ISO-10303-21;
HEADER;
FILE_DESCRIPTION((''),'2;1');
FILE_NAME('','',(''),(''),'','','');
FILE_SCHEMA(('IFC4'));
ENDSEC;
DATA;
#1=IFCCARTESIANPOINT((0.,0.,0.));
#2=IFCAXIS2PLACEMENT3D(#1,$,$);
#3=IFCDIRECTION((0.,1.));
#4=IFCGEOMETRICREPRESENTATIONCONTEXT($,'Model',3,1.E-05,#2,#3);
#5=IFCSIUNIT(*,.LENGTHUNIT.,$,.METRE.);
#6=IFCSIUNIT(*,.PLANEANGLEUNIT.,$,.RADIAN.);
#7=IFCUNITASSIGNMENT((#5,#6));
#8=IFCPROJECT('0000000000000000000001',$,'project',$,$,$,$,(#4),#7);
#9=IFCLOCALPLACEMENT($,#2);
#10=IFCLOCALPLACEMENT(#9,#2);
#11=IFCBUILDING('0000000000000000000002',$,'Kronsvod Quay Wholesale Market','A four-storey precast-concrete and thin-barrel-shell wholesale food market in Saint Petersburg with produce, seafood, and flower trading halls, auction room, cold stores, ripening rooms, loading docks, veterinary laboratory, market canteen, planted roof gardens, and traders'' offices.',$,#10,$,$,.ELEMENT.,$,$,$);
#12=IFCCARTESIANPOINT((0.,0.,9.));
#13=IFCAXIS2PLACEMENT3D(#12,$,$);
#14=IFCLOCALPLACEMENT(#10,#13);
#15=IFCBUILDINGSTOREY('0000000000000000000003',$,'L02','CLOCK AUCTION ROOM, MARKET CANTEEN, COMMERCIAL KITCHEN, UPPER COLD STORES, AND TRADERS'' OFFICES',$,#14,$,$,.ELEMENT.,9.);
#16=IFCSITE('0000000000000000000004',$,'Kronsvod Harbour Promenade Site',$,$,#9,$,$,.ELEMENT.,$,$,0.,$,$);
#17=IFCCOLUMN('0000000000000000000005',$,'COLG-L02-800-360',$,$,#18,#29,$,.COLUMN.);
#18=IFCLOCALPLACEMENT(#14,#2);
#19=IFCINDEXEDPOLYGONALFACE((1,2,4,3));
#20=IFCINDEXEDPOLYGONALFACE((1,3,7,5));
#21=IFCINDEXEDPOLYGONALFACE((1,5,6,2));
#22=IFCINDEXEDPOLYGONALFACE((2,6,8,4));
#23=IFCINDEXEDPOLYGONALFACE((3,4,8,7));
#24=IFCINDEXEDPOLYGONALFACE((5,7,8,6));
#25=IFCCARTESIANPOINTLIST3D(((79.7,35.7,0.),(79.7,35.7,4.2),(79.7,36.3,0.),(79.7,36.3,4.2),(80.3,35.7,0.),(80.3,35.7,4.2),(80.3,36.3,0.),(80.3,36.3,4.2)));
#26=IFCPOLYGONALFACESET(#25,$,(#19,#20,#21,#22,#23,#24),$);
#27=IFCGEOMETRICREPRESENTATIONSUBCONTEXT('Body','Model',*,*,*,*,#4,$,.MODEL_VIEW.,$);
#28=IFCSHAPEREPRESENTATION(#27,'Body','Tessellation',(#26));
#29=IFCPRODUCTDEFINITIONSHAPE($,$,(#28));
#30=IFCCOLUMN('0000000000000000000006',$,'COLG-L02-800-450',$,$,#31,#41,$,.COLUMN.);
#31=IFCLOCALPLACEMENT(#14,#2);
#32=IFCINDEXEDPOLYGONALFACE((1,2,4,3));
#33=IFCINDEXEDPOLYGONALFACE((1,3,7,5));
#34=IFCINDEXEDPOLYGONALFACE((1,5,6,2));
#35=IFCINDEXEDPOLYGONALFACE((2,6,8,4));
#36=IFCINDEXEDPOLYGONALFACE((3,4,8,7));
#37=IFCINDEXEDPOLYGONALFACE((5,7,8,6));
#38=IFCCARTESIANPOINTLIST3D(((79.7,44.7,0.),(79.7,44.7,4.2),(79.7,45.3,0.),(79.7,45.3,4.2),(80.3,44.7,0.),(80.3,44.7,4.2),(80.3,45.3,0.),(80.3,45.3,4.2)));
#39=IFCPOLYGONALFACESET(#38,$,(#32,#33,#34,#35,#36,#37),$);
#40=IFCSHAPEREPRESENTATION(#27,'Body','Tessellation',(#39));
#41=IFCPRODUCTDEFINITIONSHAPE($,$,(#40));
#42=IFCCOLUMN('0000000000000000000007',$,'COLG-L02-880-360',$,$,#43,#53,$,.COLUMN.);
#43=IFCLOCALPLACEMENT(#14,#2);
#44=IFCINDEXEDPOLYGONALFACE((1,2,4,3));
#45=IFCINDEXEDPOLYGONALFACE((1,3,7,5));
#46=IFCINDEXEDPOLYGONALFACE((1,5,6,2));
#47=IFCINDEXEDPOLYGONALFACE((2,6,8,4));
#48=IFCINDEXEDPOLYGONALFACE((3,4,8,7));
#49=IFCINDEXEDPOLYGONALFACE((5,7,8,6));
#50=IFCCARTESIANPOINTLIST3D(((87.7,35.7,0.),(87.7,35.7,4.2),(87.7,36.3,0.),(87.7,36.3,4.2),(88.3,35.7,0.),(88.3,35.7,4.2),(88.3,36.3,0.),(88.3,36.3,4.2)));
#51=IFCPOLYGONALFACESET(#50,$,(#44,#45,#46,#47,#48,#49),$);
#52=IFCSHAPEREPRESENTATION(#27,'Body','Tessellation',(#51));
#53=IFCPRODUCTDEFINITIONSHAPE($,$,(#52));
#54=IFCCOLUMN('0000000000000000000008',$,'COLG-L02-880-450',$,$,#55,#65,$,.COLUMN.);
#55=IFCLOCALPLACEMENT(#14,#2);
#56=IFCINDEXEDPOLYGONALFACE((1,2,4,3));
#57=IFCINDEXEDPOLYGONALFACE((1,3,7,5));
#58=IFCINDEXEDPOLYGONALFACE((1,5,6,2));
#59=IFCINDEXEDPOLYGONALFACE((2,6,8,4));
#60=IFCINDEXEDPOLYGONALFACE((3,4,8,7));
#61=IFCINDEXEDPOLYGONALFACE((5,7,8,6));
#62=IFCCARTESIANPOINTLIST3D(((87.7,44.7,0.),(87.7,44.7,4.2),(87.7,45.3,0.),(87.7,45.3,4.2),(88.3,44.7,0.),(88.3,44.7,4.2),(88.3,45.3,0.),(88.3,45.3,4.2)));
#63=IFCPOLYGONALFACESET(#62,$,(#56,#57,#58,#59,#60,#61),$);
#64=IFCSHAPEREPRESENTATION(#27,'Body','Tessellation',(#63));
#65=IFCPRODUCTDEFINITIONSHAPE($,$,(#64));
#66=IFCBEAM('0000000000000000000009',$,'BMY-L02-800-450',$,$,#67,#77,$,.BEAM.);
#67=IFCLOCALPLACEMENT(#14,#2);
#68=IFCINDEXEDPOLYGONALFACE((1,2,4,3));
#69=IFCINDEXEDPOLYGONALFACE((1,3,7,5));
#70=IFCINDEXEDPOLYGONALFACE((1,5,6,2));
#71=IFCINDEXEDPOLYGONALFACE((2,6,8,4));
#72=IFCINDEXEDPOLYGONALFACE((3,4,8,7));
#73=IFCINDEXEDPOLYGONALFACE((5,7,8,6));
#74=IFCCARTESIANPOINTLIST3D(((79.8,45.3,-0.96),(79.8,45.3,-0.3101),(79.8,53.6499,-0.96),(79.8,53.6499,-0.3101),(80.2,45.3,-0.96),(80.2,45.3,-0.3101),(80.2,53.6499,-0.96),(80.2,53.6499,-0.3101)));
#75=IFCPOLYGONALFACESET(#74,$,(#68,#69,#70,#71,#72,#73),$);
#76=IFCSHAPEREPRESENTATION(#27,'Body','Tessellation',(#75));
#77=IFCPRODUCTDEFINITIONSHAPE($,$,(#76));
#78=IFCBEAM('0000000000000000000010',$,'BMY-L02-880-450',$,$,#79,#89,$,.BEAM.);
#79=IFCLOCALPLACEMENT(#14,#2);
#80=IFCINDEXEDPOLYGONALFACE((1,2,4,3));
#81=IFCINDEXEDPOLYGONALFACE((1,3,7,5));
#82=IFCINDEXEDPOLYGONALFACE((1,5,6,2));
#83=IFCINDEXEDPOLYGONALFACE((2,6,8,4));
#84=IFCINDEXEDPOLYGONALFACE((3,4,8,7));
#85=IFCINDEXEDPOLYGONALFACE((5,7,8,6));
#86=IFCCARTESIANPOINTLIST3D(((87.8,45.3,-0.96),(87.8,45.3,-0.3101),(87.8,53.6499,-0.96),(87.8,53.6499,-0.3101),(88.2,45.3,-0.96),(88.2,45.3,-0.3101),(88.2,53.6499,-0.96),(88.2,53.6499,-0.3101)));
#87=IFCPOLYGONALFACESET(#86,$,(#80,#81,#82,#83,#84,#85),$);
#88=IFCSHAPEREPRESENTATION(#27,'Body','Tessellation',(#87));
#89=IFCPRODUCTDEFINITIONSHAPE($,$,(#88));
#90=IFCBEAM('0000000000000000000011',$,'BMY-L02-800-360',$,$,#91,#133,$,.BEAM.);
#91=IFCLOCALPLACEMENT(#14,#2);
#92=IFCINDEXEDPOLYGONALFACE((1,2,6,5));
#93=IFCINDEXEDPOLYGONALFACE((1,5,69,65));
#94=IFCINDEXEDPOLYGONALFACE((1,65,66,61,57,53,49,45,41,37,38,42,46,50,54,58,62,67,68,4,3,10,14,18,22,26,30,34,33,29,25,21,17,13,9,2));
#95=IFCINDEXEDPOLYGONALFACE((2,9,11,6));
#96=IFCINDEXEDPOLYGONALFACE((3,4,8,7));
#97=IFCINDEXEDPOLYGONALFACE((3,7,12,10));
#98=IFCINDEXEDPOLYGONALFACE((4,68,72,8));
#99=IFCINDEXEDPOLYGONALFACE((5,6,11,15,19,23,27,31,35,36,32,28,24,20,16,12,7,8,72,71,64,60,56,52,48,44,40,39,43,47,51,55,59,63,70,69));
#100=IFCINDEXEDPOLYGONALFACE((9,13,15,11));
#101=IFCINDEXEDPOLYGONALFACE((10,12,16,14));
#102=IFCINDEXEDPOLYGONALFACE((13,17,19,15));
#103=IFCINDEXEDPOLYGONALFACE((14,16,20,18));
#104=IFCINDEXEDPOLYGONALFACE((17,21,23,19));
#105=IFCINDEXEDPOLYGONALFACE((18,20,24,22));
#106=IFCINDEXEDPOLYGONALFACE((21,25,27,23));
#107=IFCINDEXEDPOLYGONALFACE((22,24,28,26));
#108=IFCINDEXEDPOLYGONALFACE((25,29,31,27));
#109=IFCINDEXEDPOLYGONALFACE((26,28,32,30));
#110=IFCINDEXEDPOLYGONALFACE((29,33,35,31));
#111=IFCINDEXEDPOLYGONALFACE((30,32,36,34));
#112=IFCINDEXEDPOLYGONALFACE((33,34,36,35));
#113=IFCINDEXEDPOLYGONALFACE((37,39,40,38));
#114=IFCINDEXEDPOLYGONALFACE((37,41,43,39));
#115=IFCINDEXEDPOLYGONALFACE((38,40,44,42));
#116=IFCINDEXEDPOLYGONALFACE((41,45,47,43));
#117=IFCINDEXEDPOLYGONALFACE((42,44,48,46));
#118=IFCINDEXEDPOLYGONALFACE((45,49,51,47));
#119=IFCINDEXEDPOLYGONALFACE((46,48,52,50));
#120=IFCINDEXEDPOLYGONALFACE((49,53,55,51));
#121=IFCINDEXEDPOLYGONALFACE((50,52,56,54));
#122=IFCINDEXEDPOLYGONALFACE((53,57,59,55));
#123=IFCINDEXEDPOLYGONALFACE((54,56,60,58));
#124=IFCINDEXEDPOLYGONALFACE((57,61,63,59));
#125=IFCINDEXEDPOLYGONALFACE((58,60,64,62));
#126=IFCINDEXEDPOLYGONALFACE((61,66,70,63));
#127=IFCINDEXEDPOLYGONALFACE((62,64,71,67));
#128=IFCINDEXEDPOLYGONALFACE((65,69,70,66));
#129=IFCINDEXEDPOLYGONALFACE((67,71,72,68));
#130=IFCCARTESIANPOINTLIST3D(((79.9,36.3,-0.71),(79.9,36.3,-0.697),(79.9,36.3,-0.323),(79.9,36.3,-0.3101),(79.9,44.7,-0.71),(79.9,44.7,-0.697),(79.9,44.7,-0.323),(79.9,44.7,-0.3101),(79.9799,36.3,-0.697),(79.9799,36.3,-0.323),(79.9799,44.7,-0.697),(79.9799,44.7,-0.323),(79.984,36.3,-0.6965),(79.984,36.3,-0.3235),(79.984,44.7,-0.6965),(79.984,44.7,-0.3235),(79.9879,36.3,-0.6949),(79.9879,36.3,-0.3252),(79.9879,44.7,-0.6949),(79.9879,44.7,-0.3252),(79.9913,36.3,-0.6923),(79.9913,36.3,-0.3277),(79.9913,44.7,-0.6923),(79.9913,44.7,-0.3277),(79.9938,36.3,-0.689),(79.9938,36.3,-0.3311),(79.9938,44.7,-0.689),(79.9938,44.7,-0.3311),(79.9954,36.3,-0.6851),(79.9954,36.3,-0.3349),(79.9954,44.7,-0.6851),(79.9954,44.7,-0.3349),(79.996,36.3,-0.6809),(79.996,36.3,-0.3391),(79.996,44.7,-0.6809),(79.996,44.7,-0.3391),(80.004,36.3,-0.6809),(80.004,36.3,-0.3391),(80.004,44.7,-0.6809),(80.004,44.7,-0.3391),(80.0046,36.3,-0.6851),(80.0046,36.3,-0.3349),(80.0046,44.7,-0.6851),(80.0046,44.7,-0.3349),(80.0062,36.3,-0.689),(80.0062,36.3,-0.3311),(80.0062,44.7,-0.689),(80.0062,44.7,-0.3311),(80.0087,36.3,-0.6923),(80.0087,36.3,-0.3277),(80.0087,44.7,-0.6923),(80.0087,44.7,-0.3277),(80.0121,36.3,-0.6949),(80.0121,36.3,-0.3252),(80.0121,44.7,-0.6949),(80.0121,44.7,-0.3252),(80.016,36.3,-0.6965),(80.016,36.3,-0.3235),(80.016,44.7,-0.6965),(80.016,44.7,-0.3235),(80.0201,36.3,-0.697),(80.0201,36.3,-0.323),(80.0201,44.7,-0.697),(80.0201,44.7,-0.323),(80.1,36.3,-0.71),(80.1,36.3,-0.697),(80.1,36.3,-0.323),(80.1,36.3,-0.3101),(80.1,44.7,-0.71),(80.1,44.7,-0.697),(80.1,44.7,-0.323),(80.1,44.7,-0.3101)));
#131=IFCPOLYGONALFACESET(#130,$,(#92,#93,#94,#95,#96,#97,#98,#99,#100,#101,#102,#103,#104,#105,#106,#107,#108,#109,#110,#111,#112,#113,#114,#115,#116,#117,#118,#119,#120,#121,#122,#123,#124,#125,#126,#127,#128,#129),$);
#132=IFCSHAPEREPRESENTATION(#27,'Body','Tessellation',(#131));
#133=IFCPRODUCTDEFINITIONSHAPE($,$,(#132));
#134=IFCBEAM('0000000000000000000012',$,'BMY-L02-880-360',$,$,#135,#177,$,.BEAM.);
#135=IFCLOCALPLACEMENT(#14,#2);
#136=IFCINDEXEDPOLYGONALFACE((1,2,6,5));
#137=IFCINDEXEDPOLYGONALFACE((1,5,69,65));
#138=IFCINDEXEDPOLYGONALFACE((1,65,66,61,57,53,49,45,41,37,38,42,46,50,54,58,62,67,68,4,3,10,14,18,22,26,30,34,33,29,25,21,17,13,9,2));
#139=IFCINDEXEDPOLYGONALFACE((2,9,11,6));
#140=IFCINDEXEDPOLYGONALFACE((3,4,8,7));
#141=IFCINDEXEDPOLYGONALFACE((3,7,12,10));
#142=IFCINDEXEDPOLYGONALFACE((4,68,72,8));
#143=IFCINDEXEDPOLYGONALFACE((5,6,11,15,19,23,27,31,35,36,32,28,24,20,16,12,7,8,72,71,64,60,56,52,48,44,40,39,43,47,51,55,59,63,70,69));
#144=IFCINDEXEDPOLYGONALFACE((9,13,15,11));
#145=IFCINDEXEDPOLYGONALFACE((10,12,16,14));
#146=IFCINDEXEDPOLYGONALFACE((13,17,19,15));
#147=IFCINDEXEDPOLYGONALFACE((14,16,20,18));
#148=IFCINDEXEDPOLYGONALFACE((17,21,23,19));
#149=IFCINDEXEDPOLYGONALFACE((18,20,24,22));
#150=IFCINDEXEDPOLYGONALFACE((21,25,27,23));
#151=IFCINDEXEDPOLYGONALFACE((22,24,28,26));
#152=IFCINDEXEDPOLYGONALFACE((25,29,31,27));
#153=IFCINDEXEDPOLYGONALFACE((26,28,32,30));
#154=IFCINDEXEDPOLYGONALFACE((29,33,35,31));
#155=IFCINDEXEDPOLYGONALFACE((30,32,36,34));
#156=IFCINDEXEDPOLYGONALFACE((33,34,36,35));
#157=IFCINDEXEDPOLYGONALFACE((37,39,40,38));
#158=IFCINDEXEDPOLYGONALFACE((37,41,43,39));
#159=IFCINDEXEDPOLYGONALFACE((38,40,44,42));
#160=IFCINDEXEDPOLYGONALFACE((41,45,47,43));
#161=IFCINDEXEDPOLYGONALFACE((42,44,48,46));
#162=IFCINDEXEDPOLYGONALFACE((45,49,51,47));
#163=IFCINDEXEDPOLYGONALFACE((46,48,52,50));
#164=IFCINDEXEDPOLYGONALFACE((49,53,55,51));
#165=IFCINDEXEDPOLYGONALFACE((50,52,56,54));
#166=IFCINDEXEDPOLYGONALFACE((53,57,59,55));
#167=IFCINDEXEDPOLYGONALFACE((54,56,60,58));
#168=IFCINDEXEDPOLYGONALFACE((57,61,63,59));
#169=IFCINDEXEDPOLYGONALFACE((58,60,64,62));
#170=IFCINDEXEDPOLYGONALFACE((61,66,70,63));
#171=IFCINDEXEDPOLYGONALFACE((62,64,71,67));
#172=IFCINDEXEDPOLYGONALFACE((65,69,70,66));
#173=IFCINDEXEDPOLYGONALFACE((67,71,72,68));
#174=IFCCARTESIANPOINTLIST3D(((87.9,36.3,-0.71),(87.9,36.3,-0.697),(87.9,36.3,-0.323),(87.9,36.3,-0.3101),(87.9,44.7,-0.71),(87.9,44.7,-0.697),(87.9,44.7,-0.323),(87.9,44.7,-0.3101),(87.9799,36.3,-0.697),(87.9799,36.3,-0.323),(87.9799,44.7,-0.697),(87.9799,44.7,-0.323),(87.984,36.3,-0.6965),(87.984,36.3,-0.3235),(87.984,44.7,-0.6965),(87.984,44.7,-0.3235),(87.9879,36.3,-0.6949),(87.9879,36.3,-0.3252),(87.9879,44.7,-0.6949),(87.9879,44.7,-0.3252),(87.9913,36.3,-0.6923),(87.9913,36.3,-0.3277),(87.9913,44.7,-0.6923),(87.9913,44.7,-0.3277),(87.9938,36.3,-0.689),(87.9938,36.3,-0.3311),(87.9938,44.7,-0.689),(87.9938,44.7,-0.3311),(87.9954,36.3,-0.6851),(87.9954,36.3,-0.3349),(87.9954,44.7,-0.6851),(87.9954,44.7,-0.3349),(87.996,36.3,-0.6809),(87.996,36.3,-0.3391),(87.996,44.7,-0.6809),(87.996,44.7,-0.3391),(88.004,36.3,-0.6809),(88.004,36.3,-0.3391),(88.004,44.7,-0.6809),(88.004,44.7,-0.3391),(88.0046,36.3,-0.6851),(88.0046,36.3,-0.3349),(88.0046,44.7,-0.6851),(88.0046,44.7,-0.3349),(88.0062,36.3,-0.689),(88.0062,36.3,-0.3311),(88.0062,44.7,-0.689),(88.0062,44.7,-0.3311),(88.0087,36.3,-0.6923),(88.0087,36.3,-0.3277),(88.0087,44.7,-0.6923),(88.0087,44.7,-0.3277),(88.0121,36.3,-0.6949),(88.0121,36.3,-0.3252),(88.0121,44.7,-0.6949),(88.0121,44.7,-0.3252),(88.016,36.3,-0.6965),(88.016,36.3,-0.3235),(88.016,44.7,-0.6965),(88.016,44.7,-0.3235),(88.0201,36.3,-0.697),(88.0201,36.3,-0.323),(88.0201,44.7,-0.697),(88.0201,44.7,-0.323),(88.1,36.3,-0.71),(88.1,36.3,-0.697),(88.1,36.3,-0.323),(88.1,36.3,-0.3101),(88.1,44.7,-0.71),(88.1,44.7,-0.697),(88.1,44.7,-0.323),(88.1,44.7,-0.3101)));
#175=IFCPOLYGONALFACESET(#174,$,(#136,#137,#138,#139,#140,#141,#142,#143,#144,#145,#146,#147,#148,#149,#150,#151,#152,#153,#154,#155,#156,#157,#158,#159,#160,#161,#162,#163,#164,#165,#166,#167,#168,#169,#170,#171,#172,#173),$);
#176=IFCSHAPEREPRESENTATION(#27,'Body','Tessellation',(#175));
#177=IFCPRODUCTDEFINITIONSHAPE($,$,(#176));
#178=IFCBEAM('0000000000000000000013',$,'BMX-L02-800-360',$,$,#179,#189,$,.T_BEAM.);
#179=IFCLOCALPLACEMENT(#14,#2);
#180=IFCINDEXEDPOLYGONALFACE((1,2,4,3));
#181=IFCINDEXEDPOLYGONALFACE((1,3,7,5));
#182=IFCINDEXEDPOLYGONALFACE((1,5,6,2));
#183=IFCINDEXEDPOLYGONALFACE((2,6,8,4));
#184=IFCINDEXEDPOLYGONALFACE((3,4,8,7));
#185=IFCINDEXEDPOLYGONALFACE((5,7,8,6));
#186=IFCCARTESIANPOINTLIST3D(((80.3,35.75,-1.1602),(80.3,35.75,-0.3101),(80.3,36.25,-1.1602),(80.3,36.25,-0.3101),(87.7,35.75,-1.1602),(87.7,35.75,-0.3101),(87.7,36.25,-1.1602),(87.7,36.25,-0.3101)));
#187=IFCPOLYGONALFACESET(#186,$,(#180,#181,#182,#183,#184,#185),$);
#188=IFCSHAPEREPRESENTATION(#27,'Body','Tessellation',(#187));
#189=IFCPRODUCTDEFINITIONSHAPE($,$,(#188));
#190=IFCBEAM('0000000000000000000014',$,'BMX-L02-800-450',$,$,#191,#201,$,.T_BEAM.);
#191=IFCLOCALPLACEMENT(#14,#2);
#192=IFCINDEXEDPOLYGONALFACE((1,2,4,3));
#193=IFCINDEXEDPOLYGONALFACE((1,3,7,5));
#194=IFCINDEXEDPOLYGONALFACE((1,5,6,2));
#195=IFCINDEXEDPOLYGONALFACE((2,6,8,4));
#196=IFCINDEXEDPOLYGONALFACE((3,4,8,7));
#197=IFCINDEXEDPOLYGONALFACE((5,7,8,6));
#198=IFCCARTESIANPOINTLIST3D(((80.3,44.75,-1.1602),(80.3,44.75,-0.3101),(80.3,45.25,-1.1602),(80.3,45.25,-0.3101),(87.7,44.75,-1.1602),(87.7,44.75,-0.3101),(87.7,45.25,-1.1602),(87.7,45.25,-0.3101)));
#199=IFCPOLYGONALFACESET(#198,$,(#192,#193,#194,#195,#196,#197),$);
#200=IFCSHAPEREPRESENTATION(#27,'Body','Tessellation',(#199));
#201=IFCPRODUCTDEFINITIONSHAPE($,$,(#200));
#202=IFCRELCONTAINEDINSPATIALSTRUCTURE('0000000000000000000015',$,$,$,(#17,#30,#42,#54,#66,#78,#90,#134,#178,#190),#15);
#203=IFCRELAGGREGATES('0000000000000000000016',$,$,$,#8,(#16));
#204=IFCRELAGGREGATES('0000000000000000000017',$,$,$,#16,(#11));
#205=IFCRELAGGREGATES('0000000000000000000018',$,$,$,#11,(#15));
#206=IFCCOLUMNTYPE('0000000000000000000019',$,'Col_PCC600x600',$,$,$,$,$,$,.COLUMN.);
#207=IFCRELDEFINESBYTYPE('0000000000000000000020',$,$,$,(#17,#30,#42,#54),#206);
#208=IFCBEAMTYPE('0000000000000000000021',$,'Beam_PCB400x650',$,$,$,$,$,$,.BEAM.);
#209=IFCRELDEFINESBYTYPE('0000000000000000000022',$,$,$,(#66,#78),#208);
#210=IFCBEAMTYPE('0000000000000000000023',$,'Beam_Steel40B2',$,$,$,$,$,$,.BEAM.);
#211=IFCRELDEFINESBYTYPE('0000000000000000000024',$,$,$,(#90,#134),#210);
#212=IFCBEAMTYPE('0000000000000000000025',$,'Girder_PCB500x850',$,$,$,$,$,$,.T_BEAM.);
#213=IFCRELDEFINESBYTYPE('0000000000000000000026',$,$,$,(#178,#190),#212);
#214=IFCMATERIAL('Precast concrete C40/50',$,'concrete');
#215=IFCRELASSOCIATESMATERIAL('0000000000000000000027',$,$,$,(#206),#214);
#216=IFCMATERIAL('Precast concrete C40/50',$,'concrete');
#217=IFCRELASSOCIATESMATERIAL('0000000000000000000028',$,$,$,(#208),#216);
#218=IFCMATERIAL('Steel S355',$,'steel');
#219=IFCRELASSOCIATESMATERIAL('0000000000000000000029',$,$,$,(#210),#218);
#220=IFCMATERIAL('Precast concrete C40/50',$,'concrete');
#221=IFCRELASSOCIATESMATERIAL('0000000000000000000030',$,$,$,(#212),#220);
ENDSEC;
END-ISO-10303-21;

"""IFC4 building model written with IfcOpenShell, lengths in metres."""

from ifc_helpers import new_model, si_unit, direction, frame, origin, origin_2d, place, context, subcontext, project, spatial, rectangle, i_section, extrude, material, material_profile, profile_set, type_object, element, save


model = new_model("IFC4")

# Units and contexts
model_context = context("Model", 3, precision=1e-05, world=origin(), true_north=direction((0.0, 1.0)))
body_context = subcontext(model_context, "Body", "Model", "MODEL_VIEW")
ifc_project = project(units=[si_unit("LENGTHUNIT", "METRE"), si_unit("PLANEANGLEUNIT", "RADIAN")], contexts=[model_context])

# Site, building, storey
site_placement = place(None, origin())
site = spatial("IfcSite", under=ifc_project, at=site_placement, Name="Kronsvod Harbour Promenade Site", CompositionType="ELEMENT", RefElevation=0.0)
building_placement = place(site_placement, origin())
building = spatial("IfcBuilding", under=site, at=building_placement, Name="Kronsvod Quay Wholesale Market", Description="A four-storey precast-concrete and thin-barrel-shell wholesale food market in Saint Petersburg with produce, seafood, and flower trading halls, auction room, cold stores, ripening rooms, loading docks, veterinary laboratory, market canteen, planted roof gardens, and traders' offices.", CompositionType="ELEMENT")
storey_placement = place(building_placement, frame((0.0, 0.0, 9.0)))
storey = spatial("IfcBuildingStorey", under=building, at=storey_placement, Name="L02", Description="CLOCK AUCTION ROOM, MARKET CANTEEN, COMMERCIAL KITCHEN, UPPER COLD STORES, AND TRADERS' OFFICES", CompositionType="ELEMENT", Elevation=9.0)

# Columns
ifc_material_1 = material(Name="Precast concrete C40/50", Category="concrete")
ifc_material_profile_1 = material_profile(ifc_material_1, rectangle(XDim=0.6001, YDim=0.6001, at=origin_2d()), Name="PCC600x600")
ifc_profile_set_1 = profile_set([ifc_material_profile_1], Name="Precast concrete C40/50")
column_type = type_object("IfcColumnType", Name="Col_PCC600x600", PredefinedType="COLUMN", material=ifc_profile_set_1)
for number, where, z_axis, x_axis, name in (
    (1, (80.0, 36.0, 0.0), (0.0, 0.0, 1.0), (1.0, 0.0, 0.0), "COLG-L02-800-360"),
    (2, (80.0, 45.0, 0.0), (0.0, 0.0, 1.0), (1.0, 0.0, 0.0), "COLG-L02-800-450"),
    (3, (88.0, 36.0, 0.0), (0.0, 0.0, 1.0), (1.0, 0.0, 0.0), "COLG-L02-880-360"),
    (4, (88.0, 45.0, 0.0), (0.0, 0.0, 1.0), (1.0, 0.0, 0.0), "COLG-L02-880-450"),
):
    element("IfcColumn", number, at=place(storey_placement, frame(where, z_axis=z_axis, x_axis=x_axis)), inside=storey, type_object=column_type, Name=name, PredefinedType="COLUMN", context=body_context, shape_type="SweptSolid", body=[
        extrude(rectangle(XDim=0.6001, YDim=0.6001, at=origin_2d()), origin(), (0.0, 0.0, 1.0), 4.2),
    ])

# Beams
ifc_material_2 = material(Name="Precast concrete C40/50", Category="concrete")
ifc_material_profile_2 = material_profile(ifc_material_2, rectangle(XDim=0.3999, YDim=0.6499, at=origin_2d()), Name="PCB400x650")
ifc_profile_set_2 = profile_set([ifc_material_profile_2], Name="Precast concrete C40/50")
beam_type_1 = type_object("IfcBeamType", Name="Beam_PCB400x650", PredefinedType="BEAM", material=ifc_profile_set_2)
for number, where, z_axis, x_axis, name in (
    (5, (80.0, 45.3, -0.635), (0.0, 1.0, 0.0), (-1.0, 0.0, 0.0), "BMY-L02-800-450"),
    (6, (88.0, 45.3, -0.635), (0.0, 1.0, 0.0), (-1.0, 0.0, 0.0), "BMY-L02-880-450"),
):
    element("IfcBeam", number, at=place(storey_placement, frame(where, z_axis=z_axis, x_axis=x_axis)), inside=storey, type_object=beam_type_1, Name=name, PredefinedType="BEAM", context=body_context, shape_type="SweptSolid", body=[
        extrude(rectangle(XDim=0.3999, YDim=0.6499, at=origin_2d()), origin(), (0.0, 0.0, 1.0), 8.3499),
    ])
ifc_material_3 = material(Name="Steel S355", Category="steel")
ifc_material_profile_3 = material_profile(ifc_material_3, i_section(OverallWidth=0.2, OverallDepth=0.3999, WebThickness=0.0081, FlangeThickness=0.0129, FilletRadius=0.0161, at=origin_2d()), Name="40B2")
ifc_profile_set_3 = profile_set([ifc_material_profile_3], Name="Steel S355")
beam_type_2 = type_object("IfcBeamType", Name="Beam_Steel40B2", PredefinedType="BEAM", material=ifc_profile_set_3)
for number, where, z_axis, x_axis, name in (
    (7, (80.0, 36.3, -0.51), (0.0, 1.0, 0.0), (-1.0, 0.0, 0.0), "BMY-L02-800-360"),
    (8, (88.0, 36.3, -0.51), (0.0, 1.0, 0.0), (-1.0, 0.0, 0.0), "BMY-L02-880-360"),
):
    element("IfcBeam", number, at=place(storey_placement, frame(where, z_axis=z_axis, x_axis=x_axis)), inside=storey, type_object=beam_type_2, Name=name, PredefinedType="BEAM", context=body_context, shape_type="SweptSolid", body=[
        extrude(i_section(OverallWidth=0.2, OverallDepth=0.3999, WebThickness=0.0081, FlangeThickness=0.0129, FilletRadius=0.0161, at=origin_2d()), origin(), (0.0, 0.0, 1.0), 8.3999),
    ])
ifc_material_4 = material(Name="Precast concrete C40/50", Category="concrete")
ifc_material_profile_4 = material_profile(ifc_material_4, rectangle(XDim=0.5, YDim=0.8501, at=origin_2d()), Name="PCB500x850")
ifc_profile_set_4 = profile_set([ifc_material_profile_4], Name="Precast concrete C40/50")
beam_type_3 = type_object("IfcBeamType", Name="Girder_PCB500x850", PredefinedType="T_BEAM", material=ifc_profile_set_4)
for number, where, z_axis, x_axis, name in (
    (9, (80.3, 36.0, -0.7351), (1.0, 0.0, 0.0), (0.0, 1.0, 0.0), "BMX-L02-800-360"),
    (10, (80.3, 45.0, -0.7351), (1.0, 0.0, 0.0), (0.0, 1.0, 0.0), "BMX-L02-800-450"),
):
    element("IfcBeam", number, at=place(storey_placement, frame(where, z_axis=z_axis, x_axis=x_axis)), inside=storey, type_object=beam_type_3, Name=name, PredefinedType="T_BEAM", context=body_context, shape_type="SweptSolid", body=[
        extrude(rectangle(XDim=0.5, YDim=0.8501, at=origin_2d()), origin(), (0.0, 0.0, 1.0), 7.3999),
    ])

save(model, "model.ifc")
